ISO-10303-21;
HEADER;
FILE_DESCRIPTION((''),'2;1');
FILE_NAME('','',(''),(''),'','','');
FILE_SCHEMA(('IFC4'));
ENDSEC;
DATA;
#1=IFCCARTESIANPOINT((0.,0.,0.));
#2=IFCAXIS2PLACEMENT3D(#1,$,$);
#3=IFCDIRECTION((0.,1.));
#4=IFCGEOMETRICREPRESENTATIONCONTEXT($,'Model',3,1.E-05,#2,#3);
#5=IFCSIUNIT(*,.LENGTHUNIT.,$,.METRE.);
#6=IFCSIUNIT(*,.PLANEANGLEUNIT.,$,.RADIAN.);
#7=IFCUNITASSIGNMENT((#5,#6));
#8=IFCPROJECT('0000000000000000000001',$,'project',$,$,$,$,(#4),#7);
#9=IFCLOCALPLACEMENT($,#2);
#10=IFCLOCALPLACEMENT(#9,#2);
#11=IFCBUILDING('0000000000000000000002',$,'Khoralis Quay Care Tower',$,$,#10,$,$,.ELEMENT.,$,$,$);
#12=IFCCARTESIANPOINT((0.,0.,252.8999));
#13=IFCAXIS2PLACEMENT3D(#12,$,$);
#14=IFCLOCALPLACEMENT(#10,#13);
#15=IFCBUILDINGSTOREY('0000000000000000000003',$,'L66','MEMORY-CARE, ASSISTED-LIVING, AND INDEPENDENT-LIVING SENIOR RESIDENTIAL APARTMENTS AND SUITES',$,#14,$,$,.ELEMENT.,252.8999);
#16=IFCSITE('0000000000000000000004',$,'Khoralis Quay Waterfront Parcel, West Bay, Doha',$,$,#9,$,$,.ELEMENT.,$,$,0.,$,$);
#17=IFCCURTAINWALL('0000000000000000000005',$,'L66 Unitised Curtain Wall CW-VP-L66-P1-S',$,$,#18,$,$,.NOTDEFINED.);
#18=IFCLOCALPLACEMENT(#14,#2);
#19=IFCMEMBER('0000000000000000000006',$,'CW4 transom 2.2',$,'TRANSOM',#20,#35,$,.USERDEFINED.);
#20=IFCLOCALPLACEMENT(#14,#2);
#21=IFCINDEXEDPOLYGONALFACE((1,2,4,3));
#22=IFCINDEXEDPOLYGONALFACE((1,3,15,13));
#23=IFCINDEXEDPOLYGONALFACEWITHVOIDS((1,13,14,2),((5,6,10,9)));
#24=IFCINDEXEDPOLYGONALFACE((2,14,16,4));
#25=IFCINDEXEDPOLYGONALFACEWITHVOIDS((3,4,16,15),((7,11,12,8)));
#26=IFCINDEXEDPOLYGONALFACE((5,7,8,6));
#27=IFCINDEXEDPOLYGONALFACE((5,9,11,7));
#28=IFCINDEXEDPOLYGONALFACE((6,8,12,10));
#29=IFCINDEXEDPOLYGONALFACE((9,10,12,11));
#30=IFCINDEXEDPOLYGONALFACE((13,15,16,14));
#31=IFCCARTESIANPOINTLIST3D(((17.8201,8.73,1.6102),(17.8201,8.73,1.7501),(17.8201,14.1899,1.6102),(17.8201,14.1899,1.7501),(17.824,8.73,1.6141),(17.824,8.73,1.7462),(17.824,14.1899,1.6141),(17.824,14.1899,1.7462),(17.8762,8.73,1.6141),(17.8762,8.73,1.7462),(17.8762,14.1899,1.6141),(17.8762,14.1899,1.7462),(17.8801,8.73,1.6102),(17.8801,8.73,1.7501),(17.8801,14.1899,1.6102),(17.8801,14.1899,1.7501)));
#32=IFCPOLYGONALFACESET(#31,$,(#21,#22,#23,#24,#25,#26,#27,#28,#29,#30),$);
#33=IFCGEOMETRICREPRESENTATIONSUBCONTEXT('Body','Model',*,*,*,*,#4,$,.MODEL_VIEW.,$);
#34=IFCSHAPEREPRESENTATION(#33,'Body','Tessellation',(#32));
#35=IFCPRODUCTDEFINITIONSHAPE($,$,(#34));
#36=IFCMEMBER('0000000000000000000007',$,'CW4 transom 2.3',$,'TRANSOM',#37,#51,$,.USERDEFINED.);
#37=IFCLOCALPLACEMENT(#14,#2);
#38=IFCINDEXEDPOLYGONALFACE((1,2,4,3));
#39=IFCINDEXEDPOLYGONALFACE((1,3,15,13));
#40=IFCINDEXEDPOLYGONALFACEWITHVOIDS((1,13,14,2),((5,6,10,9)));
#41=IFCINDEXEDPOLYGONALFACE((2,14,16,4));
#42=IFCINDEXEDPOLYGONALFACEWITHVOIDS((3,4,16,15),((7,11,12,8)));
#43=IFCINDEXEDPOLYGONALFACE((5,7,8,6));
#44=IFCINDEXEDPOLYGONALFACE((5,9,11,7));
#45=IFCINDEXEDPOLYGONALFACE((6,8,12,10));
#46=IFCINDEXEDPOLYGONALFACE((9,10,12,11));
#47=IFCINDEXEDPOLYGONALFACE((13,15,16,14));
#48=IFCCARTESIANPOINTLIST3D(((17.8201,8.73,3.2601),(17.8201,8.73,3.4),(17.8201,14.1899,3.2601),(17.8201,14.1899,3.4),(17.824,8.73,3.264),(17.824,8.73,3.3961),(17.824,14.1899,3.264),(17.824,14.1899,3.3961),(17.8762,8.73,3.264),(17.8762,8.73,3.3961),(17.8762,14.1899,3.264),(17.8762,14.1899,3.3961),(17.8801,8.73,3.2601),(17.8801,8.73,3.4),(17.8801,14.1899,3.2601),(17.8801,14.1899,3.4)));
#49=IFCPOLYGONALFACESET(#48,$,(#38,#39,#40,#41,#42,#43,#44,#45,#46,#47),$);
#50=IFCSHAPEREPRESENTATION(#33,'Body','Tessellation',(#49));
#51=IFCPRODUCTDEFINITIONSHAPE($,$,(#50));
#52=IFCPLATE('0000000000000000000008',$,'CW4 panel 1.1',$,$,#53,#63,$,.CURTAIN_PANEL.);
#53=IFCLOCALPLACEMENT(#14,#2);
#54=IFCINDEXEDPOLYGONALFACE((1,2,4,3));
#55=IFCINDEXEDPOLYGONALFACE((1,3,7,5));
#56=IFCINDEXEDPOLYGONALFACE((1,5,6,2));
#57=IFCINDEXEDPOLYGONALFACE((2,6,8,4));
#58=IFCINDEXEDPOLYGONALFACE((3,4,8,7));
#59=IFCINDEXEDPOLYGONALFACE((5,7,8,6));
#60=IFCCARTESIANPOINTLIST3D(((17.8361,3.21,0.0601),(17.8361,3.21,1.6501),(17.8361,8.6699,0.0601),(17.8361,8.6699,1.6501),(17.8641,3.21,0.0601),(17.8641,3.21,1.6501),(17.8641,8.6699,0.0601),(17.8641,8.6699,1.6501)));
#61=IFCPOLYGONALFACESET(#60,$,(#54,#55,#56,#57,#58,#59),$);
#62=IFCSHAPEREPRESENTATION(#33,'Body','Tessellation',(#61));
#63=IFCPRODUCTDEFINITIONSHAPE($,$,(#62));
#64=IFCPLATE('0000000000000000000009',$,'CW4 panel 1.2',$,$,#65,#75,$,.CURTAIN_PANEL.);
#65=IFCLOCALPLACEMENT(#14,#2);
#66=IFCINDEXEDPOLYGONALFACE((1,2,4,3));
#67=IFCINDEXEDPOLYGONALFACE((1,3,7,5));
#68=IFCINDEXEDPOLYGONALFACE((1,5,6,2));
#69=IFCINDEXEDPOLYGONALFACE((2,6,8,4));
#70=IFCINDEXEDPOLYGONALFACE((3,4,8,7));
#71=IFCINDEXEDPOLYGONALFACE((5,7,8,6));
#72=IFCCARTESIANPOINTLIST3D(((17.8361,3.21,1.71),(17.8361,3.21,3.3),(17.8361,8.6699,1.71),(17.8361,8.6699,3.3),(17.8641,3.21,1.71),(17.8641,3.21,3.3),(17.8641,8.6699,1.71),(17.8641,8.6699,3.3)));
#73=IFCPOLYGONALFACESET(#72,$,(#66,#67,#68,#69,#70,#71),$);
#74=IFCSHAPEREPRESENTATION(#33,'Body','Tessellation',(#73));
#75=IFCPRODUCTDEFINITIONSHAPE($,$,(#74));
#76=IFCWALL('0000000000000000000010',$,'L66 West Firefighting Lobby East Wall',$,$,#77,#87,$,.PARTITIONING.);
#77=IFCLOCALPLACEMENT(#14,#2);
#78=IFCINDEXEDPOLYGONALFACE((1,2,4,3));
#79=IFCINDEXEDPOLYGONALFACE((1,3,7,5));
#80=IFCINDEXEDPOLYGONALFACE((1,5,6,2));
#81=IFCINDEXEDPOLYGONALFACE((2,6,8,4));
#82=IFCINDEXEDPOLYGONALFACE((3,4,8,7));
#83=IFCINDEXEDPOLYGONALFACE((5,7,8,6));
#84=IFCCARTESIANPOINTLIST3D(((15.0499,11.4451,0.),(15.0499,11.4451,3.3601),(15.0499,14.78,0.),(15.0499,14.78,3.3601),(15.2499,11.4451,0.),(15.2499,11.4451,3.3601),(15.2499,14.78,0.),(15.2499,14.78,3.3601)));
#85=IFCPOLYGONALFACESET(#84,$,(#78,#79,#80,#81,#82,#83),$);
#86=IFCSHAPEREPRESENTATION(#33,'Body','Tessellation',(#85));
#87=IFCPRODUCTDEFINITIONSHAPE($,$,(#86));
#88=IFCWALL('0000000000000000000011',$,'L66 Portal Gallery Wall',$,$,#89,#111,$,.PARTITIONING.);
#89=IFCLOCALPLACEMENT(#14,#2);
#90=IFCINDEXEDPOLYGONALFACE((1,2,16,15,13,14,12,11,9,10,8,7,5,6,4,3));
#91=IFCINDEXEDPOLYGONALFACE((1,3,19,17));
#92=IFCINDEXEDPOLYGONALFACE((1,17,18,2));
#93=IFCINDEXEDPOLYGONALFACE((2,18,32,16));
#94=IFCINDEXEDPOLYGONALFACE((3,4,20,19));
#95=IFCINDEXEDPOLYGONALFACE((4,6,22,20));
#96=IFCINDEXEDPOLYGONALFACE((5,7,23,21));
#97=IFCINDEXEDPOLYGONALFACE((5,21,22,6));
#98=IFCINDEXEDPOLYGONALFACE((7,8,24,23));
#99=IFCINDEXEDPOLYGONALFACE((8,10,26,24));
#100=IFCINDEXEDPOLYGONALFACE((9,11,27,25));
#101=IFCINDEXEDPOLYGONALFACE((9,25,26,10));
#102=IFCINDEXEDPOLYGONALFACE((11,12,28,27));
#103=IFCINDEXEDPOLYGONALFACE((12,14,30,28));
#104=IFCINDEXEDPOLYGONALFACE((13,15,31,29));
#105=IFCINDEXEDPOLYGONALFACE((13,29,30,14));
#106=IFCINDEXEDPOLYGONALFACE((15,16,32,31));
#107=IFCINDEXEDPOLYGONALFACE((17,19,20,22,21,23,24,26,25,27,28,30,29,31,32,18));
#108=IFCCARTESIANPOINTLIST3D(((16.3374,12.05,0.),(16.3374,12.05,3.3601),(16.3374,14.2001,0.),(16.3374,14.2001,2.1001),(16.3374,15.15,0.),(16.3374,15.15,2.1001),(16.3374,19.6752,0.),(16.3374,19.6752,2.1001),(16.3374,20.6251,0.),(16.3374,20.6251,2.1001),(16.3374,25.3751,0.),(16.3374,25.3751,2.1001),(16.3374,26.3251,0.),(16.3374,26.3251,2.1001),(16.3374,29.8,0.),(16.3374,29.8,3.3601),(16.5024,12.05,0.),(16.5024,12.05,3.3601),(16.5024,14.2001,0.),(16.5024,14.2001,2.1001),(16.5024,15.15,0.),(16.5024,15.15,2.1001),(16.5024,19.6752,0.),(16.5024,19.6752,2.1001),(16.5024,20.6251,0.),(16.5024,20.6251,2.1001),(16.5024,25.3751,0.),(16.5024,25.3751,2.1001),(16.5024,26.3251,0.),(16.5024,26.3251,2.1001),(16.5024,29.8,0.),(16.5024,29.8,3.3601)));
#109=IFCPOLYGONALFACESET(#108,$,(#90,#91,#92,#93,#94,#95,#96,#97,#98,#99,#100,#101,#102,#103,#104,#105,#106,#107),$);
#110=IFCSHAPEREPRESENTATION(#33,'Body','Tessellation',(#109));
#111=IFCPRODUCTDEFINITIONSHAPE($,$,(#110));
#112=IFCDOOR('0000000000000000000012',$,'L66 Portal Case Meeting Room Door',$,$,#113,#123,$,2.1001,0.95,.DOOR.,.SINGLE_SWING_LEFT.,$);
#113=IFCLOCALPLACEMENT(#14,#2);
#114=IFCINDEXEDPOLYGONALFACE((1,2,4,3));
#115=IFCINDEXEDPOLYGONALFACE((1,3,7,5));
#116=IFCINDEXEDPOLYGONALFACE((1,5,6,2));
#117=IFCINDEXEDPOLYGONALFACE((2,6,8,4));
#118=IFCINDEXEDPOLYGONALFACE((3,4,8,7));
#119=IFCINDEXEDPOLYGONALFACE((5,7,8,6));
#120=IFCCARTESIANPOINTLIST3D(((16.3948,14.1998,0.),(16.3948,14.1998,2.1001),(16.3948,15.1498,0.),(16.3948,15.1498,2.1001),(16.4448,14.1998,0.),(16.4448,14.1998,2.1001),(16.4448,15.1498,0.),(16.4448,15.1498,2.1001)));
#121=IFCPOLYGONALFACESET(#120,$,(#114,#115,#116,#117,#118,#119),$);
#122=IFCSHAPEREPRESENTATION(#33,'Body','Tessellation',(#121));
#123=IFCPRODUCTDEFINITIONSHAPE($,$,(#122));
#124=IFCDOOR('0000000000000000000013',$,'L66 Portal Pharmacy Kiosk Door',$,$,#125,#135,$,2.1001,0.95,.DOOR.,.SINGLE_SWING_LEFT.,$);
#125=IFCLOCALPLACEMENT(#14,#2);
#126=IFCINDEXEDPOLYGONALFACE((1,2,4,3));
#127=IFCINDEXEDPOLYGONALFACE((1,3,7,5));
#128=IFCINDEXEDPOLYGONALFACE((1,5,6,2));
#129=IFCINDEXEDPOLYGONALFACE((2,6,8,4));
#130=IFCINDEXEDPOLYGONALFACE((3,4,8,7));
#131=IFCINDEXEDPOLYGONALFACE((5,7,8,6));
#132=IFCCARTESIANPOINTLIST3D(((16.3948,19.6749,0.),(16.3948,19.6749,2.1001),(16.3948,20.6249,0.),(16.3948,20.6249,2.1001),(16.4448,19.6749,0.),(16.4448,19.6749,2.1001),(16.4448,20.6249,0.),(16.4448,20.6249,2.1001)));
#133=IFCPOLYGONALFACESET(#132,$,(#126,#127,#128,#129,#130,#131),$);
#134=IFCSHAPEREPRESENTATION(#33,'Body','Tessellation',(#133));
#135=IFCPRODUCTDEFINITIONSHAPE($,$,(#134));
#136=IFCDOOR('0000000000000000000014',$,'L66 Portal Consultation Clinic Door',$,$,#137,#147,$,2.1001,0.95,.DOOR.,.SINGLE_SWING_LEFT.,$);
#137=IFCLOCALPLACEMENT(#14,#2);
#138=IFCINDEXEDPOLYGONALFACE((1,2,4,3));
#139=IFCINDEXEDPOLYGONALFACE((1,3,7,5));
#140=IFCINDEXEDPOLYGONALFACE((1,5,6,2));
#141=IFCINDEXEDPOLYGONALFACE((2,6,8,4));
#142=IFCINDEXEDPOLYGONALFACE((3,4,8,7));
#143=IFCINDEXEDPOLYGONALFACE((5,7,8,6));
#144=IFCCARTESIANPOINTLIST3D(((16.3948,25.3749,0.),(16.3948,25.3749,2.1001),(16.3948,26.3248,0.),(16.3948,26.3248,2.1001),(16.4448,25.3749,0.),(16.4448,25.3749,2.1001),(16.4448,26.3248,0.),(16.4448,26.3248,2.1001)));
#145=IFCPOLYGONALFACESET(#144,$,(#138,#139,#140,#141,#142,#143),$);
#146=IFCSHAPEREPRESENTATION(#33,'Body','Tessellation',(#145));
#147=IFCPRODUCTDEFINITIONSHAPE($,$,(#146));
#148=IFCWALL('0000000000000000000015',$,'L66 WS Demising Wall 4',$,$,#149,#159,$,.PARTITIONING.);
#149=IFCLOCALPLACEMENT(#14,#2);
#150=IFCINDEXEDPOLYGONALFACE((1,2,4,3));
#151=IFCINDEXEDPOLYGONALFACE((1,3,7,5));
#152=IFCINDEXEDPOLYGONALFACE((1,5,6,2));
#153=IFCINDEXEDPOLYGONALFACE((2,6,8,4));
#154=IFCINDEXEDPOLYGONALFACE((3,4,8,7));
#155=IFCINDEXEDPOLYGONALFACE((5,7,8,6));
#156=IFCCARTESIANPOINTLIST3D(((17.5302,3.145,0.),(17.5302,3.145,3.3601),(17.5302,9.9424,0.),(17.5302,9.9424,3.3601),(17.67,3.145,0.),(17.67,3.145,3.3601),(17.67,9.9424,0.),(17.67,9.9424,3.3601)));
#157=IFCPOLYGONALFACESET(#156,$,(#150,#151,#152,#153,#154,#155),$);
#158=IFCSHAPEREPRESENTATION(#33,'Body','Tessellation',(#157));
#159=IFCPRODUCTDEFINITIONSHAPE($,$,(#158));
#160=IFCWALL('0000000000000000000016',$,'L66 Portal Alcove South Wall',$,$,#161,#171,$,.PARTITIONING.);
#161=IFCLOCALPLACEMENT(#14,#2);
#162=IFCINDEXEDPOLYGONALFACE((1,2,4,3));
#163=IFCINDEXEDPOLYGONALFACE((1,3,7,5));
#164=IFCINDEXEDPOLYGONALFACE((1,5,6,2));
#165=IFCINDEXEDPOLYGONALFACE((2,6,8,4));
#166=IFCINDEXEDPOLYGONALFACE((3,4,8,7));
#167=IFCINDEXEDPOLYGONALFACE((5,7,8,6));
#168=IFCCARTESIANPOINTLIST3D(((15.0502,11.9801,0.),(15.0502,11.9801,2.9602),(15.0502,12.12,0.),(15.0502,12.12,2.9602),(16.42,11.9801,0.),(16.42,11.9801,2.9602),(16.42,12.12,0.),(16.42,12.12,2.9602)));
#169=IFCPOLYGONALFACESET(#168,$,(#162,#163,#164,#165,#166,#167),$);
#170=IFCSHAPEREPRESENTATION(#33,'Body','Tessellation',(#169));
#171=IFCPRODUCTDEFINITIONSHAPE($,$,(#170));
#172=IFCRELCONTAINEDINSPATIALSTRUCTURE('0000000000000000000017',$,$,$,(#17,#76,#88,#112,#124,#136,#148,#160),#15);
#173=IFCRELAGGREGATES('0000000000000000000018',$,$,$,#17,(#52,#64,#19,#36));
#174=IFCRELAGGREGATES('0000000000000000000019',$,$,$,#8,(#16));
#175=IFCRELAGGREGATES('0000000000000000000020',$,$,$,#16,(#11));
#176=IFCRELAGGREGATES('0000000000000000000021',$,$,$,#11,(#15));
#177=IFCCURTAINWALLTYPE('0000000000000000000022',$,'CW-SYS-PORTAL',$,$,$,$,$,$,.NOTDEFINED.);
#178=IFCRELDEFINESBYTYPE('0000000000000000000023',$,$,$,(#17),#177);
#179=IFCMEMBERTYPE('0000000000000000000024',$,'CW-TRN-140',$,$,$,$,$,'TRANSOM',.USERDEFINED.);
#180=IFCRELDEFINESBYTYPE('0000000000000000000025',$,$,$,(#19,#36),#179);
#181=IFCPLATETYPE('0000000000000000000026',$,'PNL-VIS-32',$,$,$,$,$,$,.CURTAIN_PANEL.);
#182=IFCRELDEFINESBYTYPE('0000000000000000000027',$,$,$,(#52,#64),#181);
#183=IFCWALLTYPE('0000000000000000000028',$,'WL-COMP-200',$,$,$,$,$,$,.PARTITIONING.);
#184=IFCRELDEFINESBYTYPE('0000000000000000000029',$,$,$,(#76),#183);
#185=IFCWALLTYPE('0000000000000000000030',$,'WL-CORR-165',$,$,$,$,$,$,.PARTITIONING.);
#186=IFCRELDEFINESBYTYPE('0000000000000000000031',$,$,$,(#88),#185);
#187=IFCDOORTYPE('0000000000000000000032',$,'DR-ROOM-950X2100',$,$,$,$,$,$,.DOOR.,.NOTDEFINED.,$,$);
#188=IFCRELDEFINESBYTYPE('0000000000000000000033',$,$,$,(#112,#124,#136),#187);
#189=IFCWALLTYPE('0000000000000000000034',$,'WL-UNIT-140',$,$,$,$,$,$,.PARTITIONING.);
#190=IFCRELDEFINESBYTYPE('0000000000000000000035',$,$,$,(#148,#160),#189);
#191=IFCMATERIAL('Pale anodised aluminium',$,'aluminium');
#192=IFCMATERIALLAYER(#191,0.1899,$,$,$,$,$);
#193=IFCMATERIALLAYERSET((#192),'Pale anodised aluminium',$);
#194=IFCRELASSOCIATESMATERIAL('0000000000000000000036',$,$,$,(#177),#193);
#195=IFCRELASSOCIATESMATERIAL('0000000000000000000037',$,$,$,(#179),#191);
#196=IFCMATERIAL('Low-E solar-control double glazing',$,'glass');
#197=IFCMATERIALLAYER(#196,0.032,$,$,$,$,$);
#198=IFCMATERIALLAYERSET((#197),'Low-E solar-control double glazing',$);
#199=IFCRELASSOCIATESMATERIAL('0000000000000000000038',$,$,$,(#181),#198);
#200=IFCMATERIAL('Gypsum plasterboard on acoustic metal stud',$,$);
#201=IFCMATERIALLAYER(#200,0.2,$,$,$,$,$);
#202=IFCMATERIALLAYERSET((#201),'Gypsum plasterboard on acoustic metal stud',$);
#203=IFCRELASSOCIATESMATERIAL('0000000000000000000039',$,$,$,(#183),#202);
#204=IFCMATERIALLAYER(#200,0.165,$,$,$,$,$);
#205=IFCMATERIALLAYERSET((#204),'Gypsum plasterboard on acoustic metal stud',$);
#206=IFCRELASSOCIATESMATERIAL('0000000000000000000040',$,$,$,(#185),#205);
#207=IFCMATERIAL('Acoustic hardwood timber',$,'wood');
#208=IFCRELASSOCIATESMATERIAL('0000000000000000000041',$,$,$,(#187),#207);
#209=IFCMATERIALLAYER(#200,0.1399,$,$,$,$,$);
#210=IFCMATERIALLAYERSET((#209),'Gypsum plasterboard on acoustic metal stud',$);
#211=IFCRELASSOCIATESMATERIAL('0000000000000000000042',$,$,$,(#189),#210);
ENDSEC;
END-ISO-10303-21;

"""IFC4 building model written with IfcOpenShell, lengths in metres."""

from ifc_helpers import new_model, si_unit, direction, frame, frame_2d, origin, origin_2d, place, context, subcontext, project, spatial, rectangle, hollow_rectangle, extrude, source, transform, mapped, material, layer, layer_set, material_profile, profile_set, type_object, element, fill, aggregate, save


model = new_model("IFC4")

# Units and contexts
model_context = context("Model", 3, precision=1e-05, world=origin(), true_north=direction((0.0, 1.0)))
body_context = subcontext(model_context, "Body", "Model", "MODEL_VIEW")
ifc_project = project(units=[si_unit("LENGTHUNIT", "METRE"), si_unit("PLANEANGLEUNIT", "RADIAN")], contexts=[model_context])

# Site, building, storey
site_placement = place(None, origin())
site = spatial("IfcSite", under=ifc_project, at=site_placement, Name="Khoralis Quay Waterfront Parcel, West Bay, Doha", CompositionType="ELEMENT", RefElevation=0.0)
building_placement = place(site_placement, origin())
building = spatial("IfcBuilding", under=site, at=building_placement, Name="Khoralis Quay Care Tower", CompositionType="ELEMENT")
storey_placement = place(building_placement, frame((0.0, 0.0, 252.8999)))
storey = spatial("IfcBuildingStorey", under=building, at=storey_placement, Name="L66", Description="MEMORY-CARE, ASSISTED-LIVING, AND INDEPENDENT-LIVING SENIOR RESIDENTIAL APARTMENTS AND SUITES", CompositionType="ELEMENT", Elevation=252.8999)

# Curtain wall, members, plates
ifc_material_1 = material(Name="Pale anodised aluminium", Category="aluminium")
ifc_layer_1 = layer(ifc_material_1, 0.1899)
ifc_layer_set_1 = layer_set([ifc_layer_1], Name="Pale anodised aluminium")
curtain_wall_type = type_object("IfcCurtainWallType", Name="CW-SYS-PORTAL", PredefinedType="NOTDEFINED", material=ifc_layer_set_1)
curtain_wall_placement = place(storey_placement, origin())
curtain_wall = element("IfcCurtainWall", 1, at=curtain_wall_placement, inside=storey, type_object=curtain_wall_type, Name="L66 Unitised Curtain Wall CW-VP-L66-P1-S", PredefinedType="NOTDEFINED")
ifc_material_profile_1 = material_profile(ifc_material_1, hollow_rectangle(XDim=0.0601, YDim=0.1399, WallThickness=0.0039, at=origin_2d()), Name="Pale anodised aluminium")
ifc_profile_set_1 = profile_set([ifc_material_profile_1], Name="Pale anodised aluminium")
member_type_1 = type_object("IfcMemberType", Name="CW-TRN-140", ElementType="TRANSOM", PredefinedType="USERDEFINED", material=ifc_profile_set_1)
shared_shape_1 = source(origin(), body_context, "Body", "SweptSolid", [
    extrude(hollow_rectangle(XDim=0.0601, YDim=0.1399, WallThickness=0.0039, at=origin_2d()), origin(), (0.0, 0.0, 1.0), 5.46),
])
member_1_placement = place(storey_placement, frame((17.8501, 8.73, 1.6802), z_axis=(0.0, 1.0, 0.0), x_axis=(-1.0, 0.0, 0.0)))
member_1 = element("IfcMember", 2, at=member_1_placement, type_object=member_type_1, Name="CW4 transom 2.2", ObjectType="TRANSOM", PredefinedType="USERDEFINED", context=body_context, shape_type="MappedRepresentation", body=[
    mapped(shared_shape_1, transform((0.0, 0.0, 0.0), scale=1.0)),
])
member_2_placement = place(storey_placement, frame((17.8501, 8.73, 3.3301), z_axis=(0.0, 1.0, 0.0), x_axis=(-1.0, 0.0, 0.0)))
member_2 = element("IfcMember", 3, at=member_2_placement, type_object=member_type_1, Name="CW4 transom 2.3", ObjectType="TRANSOM", PredefinedType="USERDEFINED", context=body_context, shape_type="MappedRepresentation", body=[
    mapped(shared_shape_1, transform((0.0, 0.0, 0.0), scale=1.0)),
])
ifc_material_2 = material(Name="Low-E solar-control double glazing", Category="glass")
ifc_layer_2 = layer(ifc_material_2, 0.032)
ifc_layer_set_2 = layer_set([ifc_layer_2], Name="Low-E solar-control double glazing")
plate_type = type_object("IfcPlateType", Name="PNL-VIS-32", PredefinedType="CURTAIN_PANEL", material=ifc_layer_set_2)
shared_shape_2 = source(origin(), body_context, "Body", "SweptSolid", [
    extrude(rectangle(XDim=5.46, YDim=0.0281, at=origin_2d()), origin(), (0.0, 0.0, 1.0), 1.5901),
])
plate_1_placement = place(storey_placement, frame((17.8501, 5.9399, 0.0601), z_axis=(0.0, 0.0, 1.0), x_axis=(0.0, 1.0, 0.0)))
plate_1 = element("IfcPlate", 4, at=plate_1_placement, type_object=plate_type, Name="CW4 panel 1.1", PredefinedType="CURTAIN_PANEL", context=body_context, shape_type="MappedRepresentation", body=[
    mapped(shared_shape_2, transform((0.0, 0.0, 0.0), scale=1.0)),
])
plate_2_placement = place(storey_placement, frame((17.8501, 5.9399, 1.71), z_axis=(0.0, 0.0, 1.0), x_axis=(0.0, 1.0, 0.0)))
plate_2 = element("IfcPlate", 5, at=plate_2_placement, type_object=plate_type, Name="CW4 panel 1.2", PredefinedType="CURTAIN_PANEL", context=body_context, shape_type="MappedRepresentation", body=[
    mapped(shared_shape_2, transform((0.0, 0.0, 0.0), scale=1.0)),
])
aggregate(curtain_wall, [plate_1, plate_2, member_1, member_2])

# Wall
ifc_material_3 = material(Name="Gypsum plasterboard on acoustic metal stud")
ifc_layer_3 = layer(ifc_material_3, 0.2)
ifc_layer_set_3 = layer_set([ifc_layer_3], Name="Gypsum plasterboard on acoustic metal stud")
wall_type_1 = type_object("IfcWallType", Name="WL-COMP-200", PredefinedType="PARTITIONING", material=ifc_layer_set_3)
wall_1_placement = place(storey_placement, frame((15.1499, 11.4451, 0.0), z_axis=(0.0, 0.0, 1.0), x_axis=(0.0, 1.0, 0.0)))
element("IfcWall", 6, at=wall_1_placement, inside=storey, type_object=wall_type_1, Name="L66 West Firefighting Lobby East Wall", PredefinedType="PARTITIONING", context=body_context, shape_type="SweptSolid", body=[
    extrude(rectangle(XDim=3.335, YDim=0.2, at=frame_2d((1.6675, 0.0))), origin(), (0.0, 0.0, 1.0), 3.3601),
])

# Wall, openings, doors
ifc_layer_4 = layer(ifc_material_3, 0.165)
ifc_layer_set_4 = layer_set([ifc_layer_4], Name="Gypsum plasterboard on acoustic metal stud")
wall_type_2 = type_object("IfcWallType", Name="WL-CORR-165", PredefinedType="PARTITIONING", material=ifc_layer_set_4)
wall_2_placement = place(storey_placement, frame((16.4199, 12.05, 0.0), z_axis=(0.0, 0.0, 1.0), x_axis=(0.0, 1.0, 0.0)))
wall_2 = element("IfcWall", 7, at=wall_2_placement, inside=storey, type_object=wall_type_2, Name="L66 Portal Gallery Wall", PredefinedType="PARTITIONING", context=body_context, shape_type="SweptSolid", body=[
    extrude(rectangle(XDim=17.75, YDim=0.165, at=frame_2d((8.875, 0.0))), origin(), (0.0, 0.0, 1.0), 3.3601),
])
opening_1_placement = place(wall_2_placement, frame((2.1499, 0.0, 0.0)))
opening_1 = element("IfcOpeningElement", 8, at=opening_1_placement, cuts=wall_2, PredefinedType="OPENING", context=body_context, shape_type="SweptSolid", body=[
    extrude(rectangle(XDim=0.95, YDim=2.1001, at=frame_2d((0.4751, 1.05))), frame((0.0, 0.0925, 0.0), z_axis=(0.0, -1.0, 0.0), x_axis=(1.0, 0.0, 0.0)), (0.0, 0.0, 1.0), 0.1851),
])
opening_2_placement = place(wall_2_placement, frame((7.625, 0.0, 0.0)))
opening_2 = element("IfcOpeningElement", 9, at=opening_2_placement, cuts=wall_2, PredefinedType="OPENING", context=body_context, shape_type="SweptSolid", body=[
    extrude(rectangle(XDim=0.95, YDim=2.1001, at=frame_2d((0.4751, 1.05))), frame((0.0, 0.0925, 0.0), z_axis=(0.0, -1.0, 0.0), x_axis=(1.0, 0.0, 0.0)), (0.0, 0.0, 1.0), 0.1851),
])
opening_3_placement = place(wall_2_placement, frame((13.325, 0.0, 0.0)))
opening_3 = element("IfcOpeningElement", 10, at=opening_3_placement, cuts=wall_2, PredefinedType="OPENING", context=body_context, shape_type="SweptSolid", body=[
    extrude(rectangle(XDim=0.95, YDim=2.1001, at=frame_2d((0.4751, 1.05))), frame((0.0, 0.0925, 0.0), z_axis=(0.0, -1.0, 0.0), x_axis=(1.0, 0.0, 0.0)), (0.0, 0.0, 1.0), 0.1851),
])
ifc_material_4 = material(Name="Acoustic hardwood timber", Category="wood")
door_type = type_object("IfcDoorType", Name="DR-ROOM-950X2100", OperationType="NOTDEFINED", PredefinedType="DOOR", material=ifc_material_4)
shared_shape_3 = source(origin(), body_context, "Body", "SweptSolid", [
    extrude(rectangle(XDim=0.95, YDim=2.1001, at=frame_2d((0.4751, 1.05))), frame((0.0, 0.0249, 0.0), z_axis=(0.0, -1.0, 0.0), x_axis=(1.0, 0.0, 0.0)), (0.0, 0.0, 1.0), 0.05),
])
door_1_placement = place(opening_1_placement, frame((0.95, 0.0, 0.0), z_axis=(0.0, 0.0, 1.0), x_axis=(-1.0, 0.0, 0.0)))
door_1 = element("IfcDoor", 11, at=door_1_placement, inside=storey, type_object=door_type, Name="L66 Portal Case Meeting Room Door", OperationType="SINGLE_SWING_LEFT", OverallHeight=2.1001, OverallWidth=0.95, PredefinedType="DOOR", context=body_context, shape_type="MappedRepresentation", body=[
    mapped(shared_shape_3, transform((0.0, 0.0, 0.0), scale=1.0)),
])
fill(opening_1, door_1)
door_2_placement = place(opening_2_placement, frame((0.95, 0.0, 0.0), z_axis=(0.0, 0.0, 1.0), x_axis=(-1.0, 0.0, 0.0)))
door_2 = element("IfcDoor", 12, at=door_2_placement, inside=storey, type_object=door_type, Name="L66 Portal Pharmacy Kiosk Door", OperationType="SINGLE_SWING_LEFT", OverallHeight=2.1001, OverallWidth=0.95, PredefinedType="DOOR", context=body_context, shape_type="MappedRepresentation", body=[
    mapped(shared_shape_3, transform((0.0, 0.0, 0.0), scale=1.0)),
])
fill(opening_2, door_2)
door_3_placement = place(opening_3_placement, frame((0.95, 0.0, 0.0), z_axis=(0.0, 0.0, 1.0), x_axis=(-1.0, 0.0, 0.0)))
door_3 = element("IfcDoor", 13, at=door_3_placement, inside=storey, type_object=door_type, Name="L66 Portal Consultation Clinic Door", OperationType="SINGLE_SWING_LEFT", OverallHeight=2.1001, OverallWidth=0.95, PredefinedType="DOOR", context=body_context, shape_type="MappedRepresentation", body=[
    mapped(shared_shape_3, transform((0.0, 0.0, 0.0), scale=1.0)),
])
fill(opening_3, door_3)

# Walls
ifc_layer_5 = layer(ifc_material_3, 0.1399)
ifc_layer_set_5 = layer_set([ifc_layer_5], Name="Gypsum plasterboard on acoustic metal stud")
wall_type_3 = type_object("IfcWallType", Name="WL-UNIT-140", PredefinedType="PARTITIONING", material=ifc_layer_set_5)
wall_3_placement = place(storey_placement, frame((17.6001, 3.145, 0.0), z_axis=(0.0, 0.0, 1.0), x_axis=(0.0, 1.0, 0.0)))
element("IfcWall", 14, at=wall_3_placement, inside=storey, type_object=wall_type_3, Name="L66 WS Demising Wall 4", PredefinedType="PARTITIONING", context=body_context, shape_type="SweptSolid", body=[
    extrude(rectangle(XDim=6.7974, YDim=0.1399, at=frame_2d((3.3987, 0.0))), origin(), (0.0, 0.0, 1.0), 3.3601),
])
wall_4_placement = place(storey_placement, frame((15.05, 12.05, 0.0), z_axis=(0.0, 0.0, 1.0), x_axis=(1.0, 0.0, 0.0)))
element("IfcWall", 15, at=wall_4_placement, inside=storey, type_object=wall_type_3, Name="L66 Portal Alcove South Wall", PredefinedType="PARTITIONING", context=body_context, shape_type="SweptSolid", body=[
    extrude(rectangle(XDim=1.3699, YDim=0.1399, at=frame_2d((0.6851, 0.0))), origin(), (0.0, 0.0, 1.0), 2.9602),
])

save(model, "model.ifc")
